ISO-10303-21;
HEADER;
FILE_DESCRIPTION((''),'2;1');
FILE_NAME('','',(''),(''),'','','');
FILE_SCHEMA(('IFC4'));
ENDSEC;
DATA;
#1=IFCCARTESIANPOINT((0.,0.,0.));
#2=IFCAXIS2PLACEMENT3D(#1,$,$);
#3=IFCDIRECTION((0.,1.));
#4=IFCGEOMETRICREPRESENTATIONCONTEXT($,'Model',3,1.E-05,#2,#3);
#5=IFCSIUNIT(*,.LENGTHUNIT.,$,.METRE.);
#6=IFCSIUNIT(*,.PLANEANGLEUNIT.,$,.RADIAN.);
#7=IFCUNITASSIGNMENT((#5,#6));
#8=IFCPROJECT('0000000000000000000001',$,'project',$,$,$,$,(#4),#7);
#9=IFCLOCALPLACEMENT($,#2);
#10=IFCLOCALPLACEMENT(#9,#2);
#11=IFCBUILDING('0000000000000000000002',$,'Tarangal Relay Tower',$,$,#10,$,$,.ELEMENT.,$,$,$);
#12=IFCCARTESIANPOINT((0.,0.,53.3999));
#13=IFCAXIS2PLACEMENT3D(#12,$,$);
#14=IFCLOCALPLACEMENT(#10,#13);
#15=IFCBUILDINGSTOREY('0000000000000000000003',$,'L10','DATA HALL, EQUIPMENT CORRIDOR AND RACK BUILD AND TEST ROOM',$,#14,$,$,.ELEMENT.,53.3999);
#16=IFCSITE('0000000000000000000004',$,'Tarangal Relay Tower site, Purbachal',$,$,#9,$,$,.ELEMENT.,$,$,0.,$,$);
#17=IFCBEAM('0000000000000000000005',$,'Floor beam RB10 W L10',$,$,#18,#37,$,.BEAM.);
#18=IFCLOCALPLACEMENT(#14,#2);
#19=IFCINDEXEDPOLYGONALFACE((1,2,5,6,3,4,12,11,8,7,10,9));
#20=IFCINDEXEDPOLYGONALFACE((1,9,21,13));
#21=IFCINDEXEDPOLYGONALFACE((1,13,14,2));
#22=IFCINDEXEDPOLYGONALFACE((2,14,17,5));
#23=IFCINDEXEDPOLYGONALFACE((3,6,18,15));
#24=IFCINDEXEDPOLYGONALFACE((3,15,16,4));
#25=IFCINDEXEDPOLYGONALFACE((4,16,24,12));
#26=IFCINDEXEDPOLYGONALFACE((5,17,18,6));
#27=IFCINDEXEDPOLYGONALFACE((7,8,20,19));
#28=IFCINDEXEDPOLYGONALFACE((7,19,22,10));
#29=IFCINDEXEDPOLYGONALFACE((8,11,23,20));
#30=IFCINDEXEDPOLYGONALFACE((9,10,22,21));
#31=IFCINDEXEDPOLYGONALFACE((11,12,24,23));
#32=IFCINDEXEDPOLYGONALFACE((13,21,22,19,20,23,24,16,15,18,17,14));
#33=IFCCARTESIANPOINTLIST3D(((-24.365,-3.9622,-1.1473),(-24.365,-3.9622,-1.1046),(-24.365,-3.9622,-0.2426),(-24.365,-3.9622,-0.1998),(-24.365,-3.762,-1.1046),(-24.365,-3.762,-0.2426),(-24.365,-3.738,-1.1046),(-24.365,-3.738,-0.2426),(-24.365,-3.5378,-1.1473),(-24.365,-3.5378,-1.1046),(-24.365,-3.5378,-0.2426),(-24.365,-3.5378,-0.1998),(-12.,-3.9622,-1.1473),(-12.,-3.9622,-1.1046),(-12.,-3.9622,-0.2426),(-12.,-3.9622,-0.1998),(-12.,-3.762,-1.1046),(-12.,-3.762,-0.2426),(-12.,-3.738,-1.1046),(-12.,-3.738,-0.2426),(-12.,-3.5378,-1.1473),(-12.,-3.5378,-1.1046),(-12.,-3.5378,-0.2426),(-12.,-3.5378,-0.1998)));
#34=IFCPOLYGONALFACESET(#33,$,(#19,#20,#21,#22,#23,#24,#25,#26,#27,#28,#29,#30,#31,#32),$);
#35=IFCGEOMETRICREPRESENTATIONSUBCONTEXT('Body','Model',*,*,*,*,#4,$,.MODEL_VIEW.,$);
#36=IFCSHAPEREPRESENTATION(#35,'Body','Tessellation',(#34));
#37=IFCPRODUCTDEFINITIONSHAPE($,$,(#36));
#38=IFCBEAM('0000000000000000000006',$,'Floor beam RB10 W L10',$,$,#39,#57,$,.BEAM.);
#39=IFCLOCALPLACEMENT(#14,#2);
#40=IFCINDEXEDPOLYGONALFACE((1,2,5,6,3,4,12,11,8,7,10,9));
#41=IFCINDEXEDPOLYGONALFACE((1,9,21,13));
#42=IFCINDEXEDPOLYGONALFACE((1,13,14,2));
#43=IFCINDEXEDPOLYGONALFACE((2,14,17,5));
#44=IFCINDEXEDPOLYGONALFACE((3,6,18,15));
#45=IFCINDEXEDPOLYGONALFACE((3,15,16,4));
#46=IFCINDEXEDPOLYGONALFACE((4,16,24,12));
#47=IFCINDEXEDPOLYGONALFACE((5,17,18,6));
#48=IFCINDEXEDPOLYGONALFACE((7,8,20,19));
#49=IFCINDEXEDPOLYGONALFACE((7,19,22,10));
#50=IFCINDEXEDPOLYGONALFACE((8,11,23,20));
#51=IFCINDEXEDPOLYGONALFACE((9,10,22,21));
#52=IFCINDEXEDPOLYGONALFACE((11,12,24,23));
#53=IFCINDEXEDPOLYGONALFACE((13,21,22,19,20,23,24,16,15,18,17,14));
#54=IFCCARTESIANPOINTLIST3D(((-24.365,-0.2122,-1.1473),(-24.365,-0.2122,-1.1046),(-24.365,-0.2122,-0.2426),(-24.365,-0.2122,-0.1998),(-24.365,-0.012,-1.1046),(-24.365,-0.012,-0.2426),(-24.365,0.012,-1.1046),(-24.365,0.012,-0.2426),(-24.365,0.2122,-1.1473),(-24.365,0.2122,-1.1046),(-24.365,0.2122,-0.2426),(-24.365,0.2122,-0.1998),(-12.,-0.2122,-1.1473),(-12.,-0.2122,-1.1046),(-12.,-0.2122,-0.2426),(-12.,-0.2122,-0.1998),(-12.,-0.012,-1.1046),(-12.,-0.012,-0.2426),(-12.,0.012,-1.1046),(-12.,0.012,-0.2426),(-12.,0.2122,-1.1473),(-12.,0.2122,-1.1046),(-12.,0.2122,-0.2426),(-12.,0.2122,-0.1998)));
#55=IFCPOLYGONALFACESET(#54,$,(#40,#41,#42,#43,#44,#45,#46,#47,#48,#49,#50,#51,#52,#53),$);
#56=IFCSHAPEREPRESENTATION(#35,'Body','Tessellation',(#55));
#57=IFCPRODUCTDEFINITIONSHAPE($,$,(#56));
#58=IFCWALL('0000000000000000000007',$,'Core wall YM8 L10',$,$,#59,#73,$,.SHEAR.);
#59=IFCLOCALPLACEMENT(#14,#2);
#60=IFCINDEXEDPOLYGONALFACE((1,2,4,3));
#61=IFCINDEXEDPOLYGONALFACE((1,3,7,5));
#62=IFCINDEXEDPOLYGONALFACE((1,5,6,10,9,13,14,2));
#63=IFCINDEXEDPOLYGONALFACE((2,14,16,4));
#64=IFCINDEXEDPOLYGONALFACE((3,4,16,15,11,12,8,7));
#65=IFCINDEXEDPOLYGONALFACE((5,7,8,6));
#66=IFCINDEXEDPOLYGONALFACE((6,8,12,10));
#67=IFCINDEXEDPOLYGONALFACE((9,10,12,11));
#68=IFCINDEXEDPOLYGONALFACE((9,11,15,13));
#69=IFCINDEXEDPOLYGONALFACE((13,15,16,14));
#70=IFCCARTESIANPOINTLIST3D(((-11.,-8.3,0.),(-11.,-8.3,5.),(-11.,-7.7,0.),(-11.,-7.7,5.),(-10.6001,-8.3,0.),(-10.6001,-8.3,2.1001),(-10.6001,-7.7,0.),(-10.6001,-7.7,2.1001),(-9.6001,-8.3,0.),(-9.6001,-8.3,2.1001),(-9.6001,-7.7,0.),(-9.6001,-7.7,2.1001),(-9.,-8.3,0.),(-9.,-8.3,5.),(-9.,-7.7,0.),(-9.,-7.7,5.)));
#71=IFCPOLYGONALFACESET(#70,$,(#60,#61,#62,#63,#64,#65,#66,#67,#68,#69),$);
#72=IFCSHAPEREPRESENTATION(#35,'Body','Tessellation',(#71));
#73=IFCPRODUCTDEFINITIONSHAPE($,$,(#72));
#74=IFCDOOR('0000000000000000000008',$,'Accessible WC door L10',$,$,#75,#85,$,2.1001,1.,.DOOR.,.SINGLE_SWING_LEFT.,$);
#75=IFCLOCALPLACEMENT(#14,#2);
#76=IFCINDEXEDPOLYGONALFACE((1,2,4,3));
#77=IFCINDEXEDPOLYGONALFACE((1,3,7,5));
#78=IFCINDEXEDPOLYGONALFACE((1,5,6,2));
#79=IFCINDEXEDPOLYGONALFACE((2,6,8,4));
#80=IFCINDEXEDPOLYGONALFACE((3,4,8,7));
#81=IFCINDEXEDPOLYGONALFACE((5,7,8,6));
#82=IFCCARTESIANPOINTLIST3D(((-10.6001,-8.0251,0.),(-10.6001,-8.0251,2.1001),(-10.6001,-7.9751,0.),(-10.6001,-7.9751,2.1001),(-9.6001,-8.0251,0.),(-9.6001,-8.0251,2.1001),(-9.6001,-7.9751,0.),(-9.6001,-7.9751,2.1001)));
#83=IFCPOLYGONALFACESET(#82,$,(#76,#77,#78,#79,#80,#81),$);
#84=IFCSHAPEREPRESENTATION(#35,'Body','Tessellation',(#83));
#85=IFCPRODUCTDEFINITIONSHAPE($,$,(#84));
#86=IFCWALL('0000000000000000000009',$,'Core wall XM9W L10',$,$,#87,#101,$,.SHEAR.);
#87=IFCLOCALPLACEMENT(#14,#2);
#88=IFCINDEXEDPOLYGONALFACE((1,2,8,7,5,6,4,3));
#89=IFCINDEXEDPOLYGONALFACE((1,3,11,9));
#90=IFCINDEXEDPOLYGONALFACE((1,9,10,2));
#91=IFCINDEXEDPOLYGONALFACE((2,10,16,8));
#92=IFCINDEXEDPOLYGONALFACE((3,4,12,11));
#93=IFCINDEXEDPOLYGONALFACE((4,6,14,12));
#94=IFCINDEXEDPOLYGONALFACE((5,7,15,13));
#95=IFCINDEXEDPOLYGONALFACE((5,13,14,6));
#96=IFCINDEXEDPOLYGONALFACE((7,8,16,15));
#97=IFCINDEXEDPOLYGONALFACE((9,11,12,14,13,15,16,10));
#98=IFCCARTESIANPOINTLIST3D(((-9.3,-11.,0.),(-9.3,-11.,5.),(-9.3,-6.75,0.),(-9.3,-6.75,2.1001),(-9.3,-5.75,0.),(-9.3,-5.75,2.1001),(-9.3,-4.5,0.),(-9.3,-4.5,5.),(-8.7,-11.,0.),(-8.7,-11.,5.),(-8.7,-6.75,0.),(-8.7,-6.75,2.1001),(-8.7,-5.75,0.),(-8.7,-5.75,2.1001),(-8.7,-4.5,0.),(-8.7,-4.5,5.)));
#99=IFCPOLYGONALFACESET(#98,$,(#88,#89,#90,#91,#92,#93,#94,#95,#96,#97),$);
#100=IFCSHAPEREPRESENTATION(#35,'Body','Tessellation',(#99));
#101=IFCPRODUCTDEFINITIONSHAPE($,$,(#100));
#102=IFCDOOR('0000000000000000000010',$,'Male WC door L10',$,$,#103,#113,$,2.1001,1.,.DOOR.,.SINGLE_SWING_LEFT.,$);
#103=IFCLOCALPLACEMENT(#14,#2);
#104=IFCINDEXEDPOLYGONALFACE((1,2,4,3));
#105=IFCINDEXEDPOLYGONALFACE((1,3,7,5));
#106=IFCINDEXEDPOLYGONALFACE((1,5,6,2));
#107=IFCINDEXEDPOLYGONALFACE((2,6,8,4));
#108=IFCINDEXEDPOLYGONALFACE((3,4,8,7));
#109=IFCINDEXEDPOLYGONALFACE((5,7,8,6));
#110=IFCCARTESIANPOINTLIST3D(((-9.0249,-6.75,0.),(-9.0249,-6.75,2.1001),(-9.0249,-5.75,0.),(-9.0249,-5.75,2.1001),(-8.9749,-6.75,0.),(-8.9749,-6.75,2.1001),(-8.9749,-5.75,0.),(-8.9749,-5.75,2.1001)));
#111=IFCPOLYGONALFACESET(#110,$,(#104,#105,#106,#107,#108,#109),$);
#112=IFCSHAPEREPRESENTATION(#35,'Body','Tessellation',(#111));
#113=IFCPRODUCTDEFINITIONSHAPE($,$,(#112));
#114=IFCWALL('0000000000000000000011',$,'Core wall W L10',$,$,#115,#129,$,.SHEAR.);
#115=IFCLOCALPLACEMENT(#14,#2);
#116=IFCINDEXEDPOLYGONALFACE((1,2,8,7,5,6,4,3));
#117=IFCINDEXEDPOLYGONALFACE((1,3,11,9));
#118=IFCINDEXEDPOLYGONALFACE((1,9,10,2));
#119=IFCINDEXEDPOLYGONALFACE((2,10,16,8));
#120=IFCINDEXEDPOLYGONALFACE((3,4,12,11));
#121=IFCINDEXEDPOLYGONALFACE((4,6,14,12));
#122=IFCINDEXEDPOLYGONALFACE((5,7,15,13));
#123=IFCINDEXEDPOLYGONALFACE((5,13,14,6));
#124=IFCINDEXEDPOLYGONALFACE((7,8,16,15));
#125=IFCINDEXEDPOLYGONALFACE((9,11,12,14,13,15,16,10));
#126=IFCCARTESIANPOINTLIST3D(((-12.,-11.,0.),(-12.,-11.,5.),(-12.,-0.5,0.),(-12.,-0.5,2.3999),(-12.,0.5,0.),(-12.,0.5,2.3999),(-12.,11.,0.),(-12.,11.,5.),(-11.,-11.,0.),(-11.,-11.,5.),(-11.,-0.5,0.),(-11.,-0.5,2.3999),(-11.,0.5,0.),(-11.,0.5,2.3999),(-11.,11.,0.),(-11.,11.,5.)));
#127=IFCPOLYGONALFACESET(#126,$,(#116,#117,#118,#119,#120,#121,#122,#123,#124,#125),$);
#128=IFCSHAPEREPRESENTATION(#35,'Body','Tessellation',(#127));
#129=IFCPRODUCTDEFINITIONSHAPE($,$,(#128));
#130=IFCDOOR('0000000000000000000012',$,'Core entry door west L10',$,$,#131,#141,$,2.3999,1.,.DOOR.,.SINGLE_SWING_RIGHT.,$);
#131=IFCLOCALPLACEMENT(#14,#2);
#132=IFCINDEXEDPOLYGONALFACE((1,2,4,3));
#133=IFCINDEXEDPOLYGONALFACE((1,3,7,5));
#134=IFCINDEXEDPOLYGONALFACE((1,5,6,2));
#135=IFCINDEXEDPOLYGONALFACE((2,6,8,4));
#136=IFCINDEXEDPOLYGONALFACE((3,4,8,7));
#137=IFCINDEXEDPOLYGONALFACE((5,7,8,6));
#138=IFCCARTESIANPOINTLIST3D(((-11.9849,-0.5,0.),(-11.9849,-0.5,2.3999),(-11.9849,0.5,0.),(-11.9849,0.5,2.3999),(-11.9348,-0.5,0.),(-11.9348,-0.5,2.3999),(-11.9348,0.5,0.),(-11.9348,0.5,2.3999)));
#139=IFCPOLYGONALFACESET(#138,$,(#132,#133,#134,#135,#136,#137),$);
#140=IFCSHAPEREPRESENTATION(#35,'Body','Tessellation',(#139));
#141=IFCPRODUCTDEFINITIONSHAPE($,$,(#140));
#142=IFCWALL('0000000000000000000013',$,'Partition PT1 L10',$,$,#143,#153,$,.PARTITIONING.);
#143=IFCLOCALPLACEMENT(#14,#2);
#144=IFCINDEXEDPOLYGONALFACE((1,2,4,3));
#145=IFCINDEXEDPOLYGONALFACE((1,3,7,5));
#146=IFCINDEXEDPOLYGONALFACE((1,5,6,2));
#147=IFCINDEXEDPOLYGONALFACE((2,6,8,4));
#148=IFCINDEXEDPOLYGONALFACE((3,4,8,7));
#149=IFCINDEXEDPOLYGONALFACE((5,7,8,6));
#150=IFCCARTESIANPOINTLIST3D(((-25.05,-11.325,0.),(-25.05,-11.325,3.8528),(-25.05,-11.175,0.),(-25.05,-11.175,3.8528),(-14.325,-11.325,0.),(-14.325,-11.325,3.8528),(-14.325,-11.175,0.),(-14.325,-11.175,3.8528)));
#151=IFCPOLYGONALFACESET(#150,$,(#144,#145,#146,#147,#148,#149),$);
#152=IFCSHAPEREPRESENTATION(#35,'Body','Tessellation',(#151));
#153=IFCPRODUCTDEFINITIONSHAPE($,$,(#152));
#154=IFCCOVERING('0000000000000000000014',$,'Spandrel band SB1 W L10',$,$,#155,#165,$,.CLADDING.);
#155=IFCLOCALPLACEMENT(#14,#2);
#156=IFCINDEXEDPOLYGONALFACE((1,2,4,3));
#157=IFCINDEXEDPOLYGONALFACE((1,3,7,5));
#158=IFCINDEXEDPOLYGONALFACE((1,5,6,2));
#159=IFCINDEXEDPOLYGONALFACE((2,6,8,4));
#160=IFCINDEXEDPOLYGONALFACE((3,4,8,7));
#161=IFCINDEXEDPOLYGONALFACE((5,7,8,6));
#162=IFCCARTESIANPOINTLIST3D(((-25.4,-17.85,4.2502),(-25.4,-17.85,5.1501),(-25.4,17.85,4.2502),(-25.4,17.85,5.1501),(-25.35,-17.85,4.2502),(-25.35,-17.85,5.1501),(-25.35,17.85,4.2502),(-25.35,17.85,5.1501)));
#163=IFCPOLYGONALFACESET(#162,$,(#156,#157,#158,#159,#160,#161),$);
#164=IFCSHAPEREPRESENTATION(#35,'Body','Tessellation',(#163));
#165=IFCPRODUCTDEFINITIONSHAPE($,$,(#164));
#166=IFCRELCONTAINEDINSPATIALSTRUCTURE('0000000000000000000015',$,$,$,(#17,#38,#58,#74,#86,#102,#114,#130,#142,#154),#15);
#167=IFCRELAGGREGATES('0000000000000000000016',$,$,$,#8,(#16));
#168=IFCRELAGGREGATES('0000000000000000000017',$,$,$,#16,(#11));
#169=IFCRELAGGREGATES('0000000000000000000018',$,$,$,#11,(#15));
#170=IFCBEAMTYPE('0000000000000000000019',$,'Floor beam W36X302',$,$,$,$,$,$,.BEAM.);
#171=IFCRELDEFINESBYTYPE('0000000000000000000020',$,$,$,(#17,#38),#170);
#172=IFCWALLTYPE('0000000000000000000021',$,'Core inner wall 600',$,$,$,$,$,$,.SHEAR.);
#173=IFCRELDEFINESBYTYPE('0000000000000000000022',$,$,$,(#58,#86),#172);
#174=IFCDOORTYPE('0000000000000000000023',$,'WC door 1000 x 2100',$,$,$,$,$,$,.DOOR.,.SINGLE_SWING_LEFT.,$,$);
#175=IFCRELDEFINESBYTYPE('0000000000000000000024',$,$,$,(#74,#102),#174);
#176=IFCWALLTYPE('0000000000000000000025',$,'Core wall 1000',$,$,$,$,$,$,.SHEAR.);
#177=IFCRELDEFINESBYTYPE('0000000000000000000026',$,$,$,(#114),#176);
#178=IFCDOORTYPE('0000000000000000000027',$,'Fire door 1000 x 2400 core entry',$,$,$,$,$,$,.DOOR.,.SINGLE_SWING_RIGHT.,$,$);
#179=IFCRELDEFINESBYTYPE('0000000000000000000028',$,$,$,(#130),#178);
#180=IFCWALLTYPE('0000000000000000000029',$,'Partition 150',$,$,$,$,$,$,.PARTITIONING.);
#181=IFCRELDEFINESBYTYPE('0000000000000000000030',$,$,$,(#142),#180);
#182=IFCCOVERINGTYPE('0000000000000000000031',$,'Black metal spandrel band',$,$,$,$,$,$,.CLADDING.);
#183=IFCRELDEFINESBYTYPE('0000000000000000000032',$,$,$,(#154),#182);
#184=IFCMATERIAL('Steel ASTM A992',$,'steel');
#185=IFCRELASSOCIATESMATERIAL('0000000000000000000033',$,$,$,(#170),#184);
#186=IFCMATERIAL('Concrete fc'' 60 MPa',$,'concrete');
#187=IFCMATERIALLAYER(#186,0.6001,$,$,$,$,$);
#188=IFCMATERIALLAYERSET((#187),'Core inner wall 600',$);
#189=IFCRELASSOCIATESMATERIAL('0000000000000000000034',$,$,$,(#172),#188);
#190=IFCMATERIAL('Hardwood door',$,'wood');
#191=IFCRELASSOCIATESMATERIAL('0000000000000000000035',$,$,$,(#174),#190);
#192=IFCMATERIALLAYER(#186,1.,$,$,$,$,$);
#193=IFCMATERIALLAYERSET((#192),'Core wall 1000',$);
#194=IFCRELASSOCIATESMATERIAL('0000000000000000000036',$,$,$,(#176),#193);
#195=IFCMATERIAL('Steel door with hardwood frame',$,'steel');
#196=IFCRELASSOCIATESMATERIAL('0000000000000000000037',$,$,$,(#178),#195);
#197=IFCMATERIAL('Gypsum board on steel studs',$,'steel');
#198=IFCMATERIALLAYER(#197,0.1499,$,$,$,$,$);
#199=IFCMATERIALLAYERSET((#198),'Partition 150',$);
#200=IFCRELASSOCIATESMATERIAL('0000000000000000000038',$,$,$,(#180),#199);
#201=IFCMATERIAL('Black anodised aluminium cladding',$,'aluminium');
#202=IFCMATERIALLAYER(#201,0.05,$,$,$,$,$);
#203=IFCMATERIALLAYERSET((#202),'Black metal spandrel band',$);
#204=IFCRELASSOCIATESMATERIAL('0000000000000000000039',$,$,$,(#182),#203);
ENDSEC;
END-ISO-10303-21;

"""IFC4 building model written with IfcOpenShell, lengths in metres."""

from ifc_helpers import new_model, si_unit, direction, frame, frame_2d, origin, origin_2d, place, context, subcontext, project, spatial, rectangle, i_section, extrude, material, layer, layer_set, material_profile, profile_set, type_object, element, fill, save


model = new_model("IFC4")

# Units and contexts
model_context = context("Model", 3, precision=1e-05, world=origin(), true_north=direction((0.0, 1.0)))
body_context = subcontext(model_context, "Body", "Model", "MODEL_VIEW")
ifc_project = project(units=[si_unit("LENGTHUNIT", "METRE"), si_unit("PLANEANGLEUNIT", "RADIAN")], contexts=[model_context])

# Site, building, storey
site_placement = place(None, origin())
site = spatial("IfcSite", under=ifc_project, at=site_placement, Name="Tarangal Relay Tower site, Purbachal", CompositionType="ELEMENT", RefElevation=0.0)
building_placement = place(site_placement, origin())
building = spatial("IfcBuilding", under=site, at=building_placement, Name="Tarangal Relay Tower", CompositionType="ELEMENT")
storey_placement = place(building_placement, frame((0.0, 0.0, 53.3999)))
storey = spatial("IfcBuildingStorey", under=building, at=storey_placement, Name="L10", Description="DATA HALL, EQUIPMENT CORRIDOR AND RACK BUILD AND TEST ROOM", CompositionType="ELEMENT", Elevation=53.3999)

# Beams
ifc_material_1 = material(Name="Steel ASTM A992", Category="steel")
ifc_material_profile_1 = material_profile(ifc_material_1, i_section(OverallWidth=0.4243, OverallDepth=0.9475, WebThickness=0.0239, FlangeThickness=0.0427, at=origin_2d()), Name="W36X302")
ifc_profile_set_1 = profile_set([ifc_material_profile_1], Name="Steel ASTM A992")
beam_type_1 = type_object("IfcBeamType", Name="Floor beam W36X302", PredefinedType="BEAM", material=ifc_profile_set_1)
for number, where, z_axis, x_axis, name in (
    (1, (-12.0, -3.75, -0.6736), (-1.0, 0.0, 0.0), (0.0, -1.0, 0.0), "Floor beam RB10 W L10"),
    (2, (-12.0, 0.0, -0.6736), (-1.0, 0.0, 0.0), (0.0, -1.0, 0.0), "Floor beam RB10 W L10"),
):
    element("IfcBeam", number, at=place(storey_placement, frame(where, z_axis=z_axis, x_axis=x_axis)), inside=storey, type_object=beam_type_1, Name=name, PredefinedType="BEAM", context=body_context, shape_type="SweptSolid", body=[
        extrude(i_section(OverallWidth=0.4243, OverallDepth=0.9475, WebThickness=0.0239, FlangeThickness=0.0427, at=origin_2d()), origin(), (0.0, 0.0, 1.0), 12.365),
    ])

# Walls, openings, doors
ifc_material_2 = material(Name="Concrete fc' 60 MPa", Category="concrete")
ifc_layer_1 = layer(ifc_material_2, 0.6001)
ifc_layer_set_1 = layer_set([ifc_layer_1], Name="Core inner wall 600")
wall_type_1 = type_object("IfcWallType", Name="Core inner wall 600", PredefinedType="SHEAR", material=ifc_layer_set_1)
wall_1_placement = place(storey_placement, frame((-11.0, -8.0, 0.0), z_axis=(0.0, 0.0, 1.0), x_axis=(1.0, 0.0, 0.0)))
wall_1 = element("IfcWall", 3, at=wall_1_placement, inside=storey, type_object=wall_type_1, Name="Core wall YM8 L10", PredefinedType="SHEAR", context=body_context, shape_type="SweptSolid", body=[
    extrude(rectangle(XDim=2.0, YDim=0.6001, at=frame_2d((1.0, 0.0))), origin(), (0.0, 0.0, 1.0), 5.0),
])
opening_1_placement = place(wall_1_placement, frame((0.3999, 0.0, 0.0)))
opening_1 = element("IfcOpeningElement", 4, at=opening_1_placement, cuts=wall_1, PredefinedType="OPENING", context=body_context, shape_type="SweptSolid", body=[
    extrude(rectangle(XDim=1.0, YDim=2.1001, at=frame_2d((0.5, 1.05))), frame((0.0, 0.3101, 0.0), z_axis=(0.0, -1.0, 0.0), x_axis=(1.0, 0.0, 0.0)), (0.0, 0.0, 1.0), 0.6201),
])
ifc_material_3 = material(Name="Hardwood door", Category="wood")
door_type_1 = type_object("IfcDoorType", Name="WC door 1000 x 2100", OperationType="SINGLE_SWING_LEFT", PredefinedType="DOOR", material=ifc_material_3)
door_1_placement = place(opening_1_placement, origin())
door_1 = element("IfcDoor", 5, at=door_1_placement, inside=storey, type_object=door_type_1, Name="Accessible WC door L10", OperationType="SINGLE_SWING_LEFT", OverallHeight=2.1001, OverallWidth=1.0, PredefinedType="DOOR", context=body_context, shape_type="SweptSolid", body=[
    extrude(rectangle(XDim=1.0, YDim=2.1001, at=frame_2d((0.5, 1.05))), frame((0.0, 0.0249, 0.0), z_axis=(0.0, -1.0, 0.0), x_axis=(1.0, 0.0, 0.0)), (0.0, 0.0, 1.0), 0.05),
])
fill(opening_1, door_1)
wall_2_placement = place(storey_placement, frame((-9.0, -11.0, 0.0), z_axis=(0.0, 0.0, 1.0), x_axis=(0.0, 1.0, 0.0)))
wall_2 = element("IfcWall", 6, at=wall_2_placement, inside=storey, type_object=wall_type_1, Name="Core wall XM9W L10", PredefinedType="SHEAR", context=body_context, shape_type="SweptSolid", body=[
    extrude(rectangle(XDim=6.5, YDim=0.6001, at=frame_2d((3.25, 0.0))), origin(), (0.0, 0.0, 1.0), 5.0),
])
opening_2_placement = place(wall_2_placement, frame((4.25, 0.0, 0.0)))
opening_2 = element("IfcOpeningElement", 7, at=opening_2_placement, cuts=wall_2, PredefinedType="OPENING", context=body_context, shape_type="SweptSolid", body=[
    extrude(rectangle(XDim=1.0, YDim=2.1001, at=frame_2d((0.5, 1.05))), frame((0.0, 0.3101, 0.0), z_axis=(0.0, -1.0, 0.0), x_axis=(1.0, 0.0, 0.0)), (0.0, 0.0, 1.0), 0.6201),
])
door_2_placement = place(opening_2_placement, origin())
door_2 = element("IfcDoor", 8, at=door_2_placement, inside=storey, type_object=door_type_1, Name="Male WC door L10", OperationType="SINGLE_SWING_LEFT", OverallHeight=2.1001, OverallWidth=1.0, PredefinedType="DOOR", context=body_context, shape_type="SweptSolid", body=[
    extrude(rectangle(XDim=1.0, YDim=2.1001, at=frame_2d((0.5, 1.05))), frame((0.0, 0.0249, 0.0), z_axis=(0.0, -1.0, 0.0), x_axis=(1.0, 0.0, 0.0)), (0.0, 0.0, 1.0), 0.05),
])
fill(opening_2, door_2)
ifc_layer_2 = layer(ifc_material_2, 1.0)
ifc_layer_set_2 = layer_set([ifc_layer_2], Name="Core wall 1000")
wall_type_2 = type_object("IfcWallType", Name="Core wall 1000", PredefinedType="SHEAR", material=ifc_layer_set_2)
wall_3_placement = place(storey_placement, frame((-11.5, -11.0, 0.0), z_axis=(0.0, 0.0, 1.0), x_axis=(0.0, 1.0, 0.0)))
wall_3 = element("IfcWall", 9, at=wall_3_placement, inside=storey, type_object=wall_type_2, Name="Core wall W L10", PredefinedType="SHEAR", context=body_context, shape_type="SweptSolid", body=[
    extrude(rectangle(XDim=22.0, YDim=1.0, at=frame_2d((11.0, 0.0))), origin(), (0.0, 0.0, 1.0), 5.0),
])
opening_3_placement = place(wall_3_placement, frame((10.5, 0.0, 0.0)))
opening_3 = element("IfcOpeningElement", 10, at=opening_3_placement, cuts=wall_3, PredefinedType="OPENING", context=body_context, shape_type="SweptSolid", body=[
    extrude(rectangle(XDim=1.0, YDim=2.3999, at=frame_2d((0.5, 1.2))), frame((0.0, 0.51, 0.0), z_axis=(0.0, -1.0, 0.0), x_axis=(1.0, 0.0, 0.0)), (0.0, 0.0, 1.0), 1.02),
])
ifc_material_4 = material(Name="Steel door with hardwood frame", Category="steel")
door_type_2 = type_object("IfcDoorType", Name="Fire door 1000 x 2400 core entry", OperationType="SINGLE_SWING_RIGHT", PredefinedType="DOOR", material=ifc_material_4)
door_3_placement = place(opening_3_placement, origin())
door_3 = element("IfcDoor", 11, at=door_3_placement, inside=storey, type_object=door_type_2, Name="Core entry door west L10", OperationType="SINGLE_SWING_RIGHT", OverallHeight=2.3999, OverallWidth=1.0, PredefinedType="DOOR", context=body_context, shape_type="SweptSolid", body=[
    extrude(rectangle(XDim=1.0, YDim=2.3999, at=frame_2d((0.5, 1.2))), frame((0.0, 0.4849, 0.0), z_axis=(0.0, -1.0, 0.0), x_axis=(1.0, 0.0, 0.0)), (0.0, 0.0, 1.0), 0.05),
])
fill(opening_3, door_3)

# Wall
ifc_material_5 = material(Name="Gypsum board on steel studs", Category="steel")
ifc_layer_3 = layer(ifc_material_5, 0.1499)
ifc_layer_set_3 = layer_set([ifc_layer_3], Name="Partition 150")
wall_type_3 = type_object("IfcWallType", Name="Partition 150", PredefinedType="PARTITIONING", material=ifc_layer_set_3)
wall_4_placement = place(storey_placement, frame((-25.05, -11.25, 0.0), z_axis=(0.0, 0.0, 1.0), x_axis=(1.0, 0.0, 0.0)))
element("IfcWall", 12, at=wall_4_placement, inside=storey, type_object=wall_type_3, Name="Partition PT1 L10", PredefinedType="PARTITIONING", context=body_context, shape_type="SweptSolid", body=[
    extrude(rectangle(XDim=10.7251, YDim=0.1499, at=frame_2d((5.3625, 0.0))), origin(), (0.0, 0.0, 1.0), 3.8528),
])

# Covering
ifc_material_6 = material(Name="Black anodised aluminium cladding", Category="aluminium")
ifc_layer_4 = layer(ifc_material_6, 0.05)
ifc_layer_set_4 = layer_set([ifc_layer_4], Name="Black metal spandrel band")
covering_type = type_object("IfcCoveringType", Name="Black metal spandrel band", PredefinedType="CLADDING", material=ifc_layer_set_4)
covering_placement = place(storey_placement, frame((-25.375, 0.0, 4.2502), z_axis=(0.0, 0.0, 1.0), x_axis=(0.0, 1.0, 0.0)))
element("IfcCovering", 13, at=covering_placement, inside=storey, type_object=covering_type, Name="Spandrel band SB1 W L10", PredefinedType="CLADDING", context=body_context, shape_type="SweptSolid", body=[
    extrude(rectangle(XDim=35.7, YDim=0.05, at=origin_2d()), origin(), (0.0, 0.0, 1.0), 0.8999),
])

save(model, "model.ifc")
